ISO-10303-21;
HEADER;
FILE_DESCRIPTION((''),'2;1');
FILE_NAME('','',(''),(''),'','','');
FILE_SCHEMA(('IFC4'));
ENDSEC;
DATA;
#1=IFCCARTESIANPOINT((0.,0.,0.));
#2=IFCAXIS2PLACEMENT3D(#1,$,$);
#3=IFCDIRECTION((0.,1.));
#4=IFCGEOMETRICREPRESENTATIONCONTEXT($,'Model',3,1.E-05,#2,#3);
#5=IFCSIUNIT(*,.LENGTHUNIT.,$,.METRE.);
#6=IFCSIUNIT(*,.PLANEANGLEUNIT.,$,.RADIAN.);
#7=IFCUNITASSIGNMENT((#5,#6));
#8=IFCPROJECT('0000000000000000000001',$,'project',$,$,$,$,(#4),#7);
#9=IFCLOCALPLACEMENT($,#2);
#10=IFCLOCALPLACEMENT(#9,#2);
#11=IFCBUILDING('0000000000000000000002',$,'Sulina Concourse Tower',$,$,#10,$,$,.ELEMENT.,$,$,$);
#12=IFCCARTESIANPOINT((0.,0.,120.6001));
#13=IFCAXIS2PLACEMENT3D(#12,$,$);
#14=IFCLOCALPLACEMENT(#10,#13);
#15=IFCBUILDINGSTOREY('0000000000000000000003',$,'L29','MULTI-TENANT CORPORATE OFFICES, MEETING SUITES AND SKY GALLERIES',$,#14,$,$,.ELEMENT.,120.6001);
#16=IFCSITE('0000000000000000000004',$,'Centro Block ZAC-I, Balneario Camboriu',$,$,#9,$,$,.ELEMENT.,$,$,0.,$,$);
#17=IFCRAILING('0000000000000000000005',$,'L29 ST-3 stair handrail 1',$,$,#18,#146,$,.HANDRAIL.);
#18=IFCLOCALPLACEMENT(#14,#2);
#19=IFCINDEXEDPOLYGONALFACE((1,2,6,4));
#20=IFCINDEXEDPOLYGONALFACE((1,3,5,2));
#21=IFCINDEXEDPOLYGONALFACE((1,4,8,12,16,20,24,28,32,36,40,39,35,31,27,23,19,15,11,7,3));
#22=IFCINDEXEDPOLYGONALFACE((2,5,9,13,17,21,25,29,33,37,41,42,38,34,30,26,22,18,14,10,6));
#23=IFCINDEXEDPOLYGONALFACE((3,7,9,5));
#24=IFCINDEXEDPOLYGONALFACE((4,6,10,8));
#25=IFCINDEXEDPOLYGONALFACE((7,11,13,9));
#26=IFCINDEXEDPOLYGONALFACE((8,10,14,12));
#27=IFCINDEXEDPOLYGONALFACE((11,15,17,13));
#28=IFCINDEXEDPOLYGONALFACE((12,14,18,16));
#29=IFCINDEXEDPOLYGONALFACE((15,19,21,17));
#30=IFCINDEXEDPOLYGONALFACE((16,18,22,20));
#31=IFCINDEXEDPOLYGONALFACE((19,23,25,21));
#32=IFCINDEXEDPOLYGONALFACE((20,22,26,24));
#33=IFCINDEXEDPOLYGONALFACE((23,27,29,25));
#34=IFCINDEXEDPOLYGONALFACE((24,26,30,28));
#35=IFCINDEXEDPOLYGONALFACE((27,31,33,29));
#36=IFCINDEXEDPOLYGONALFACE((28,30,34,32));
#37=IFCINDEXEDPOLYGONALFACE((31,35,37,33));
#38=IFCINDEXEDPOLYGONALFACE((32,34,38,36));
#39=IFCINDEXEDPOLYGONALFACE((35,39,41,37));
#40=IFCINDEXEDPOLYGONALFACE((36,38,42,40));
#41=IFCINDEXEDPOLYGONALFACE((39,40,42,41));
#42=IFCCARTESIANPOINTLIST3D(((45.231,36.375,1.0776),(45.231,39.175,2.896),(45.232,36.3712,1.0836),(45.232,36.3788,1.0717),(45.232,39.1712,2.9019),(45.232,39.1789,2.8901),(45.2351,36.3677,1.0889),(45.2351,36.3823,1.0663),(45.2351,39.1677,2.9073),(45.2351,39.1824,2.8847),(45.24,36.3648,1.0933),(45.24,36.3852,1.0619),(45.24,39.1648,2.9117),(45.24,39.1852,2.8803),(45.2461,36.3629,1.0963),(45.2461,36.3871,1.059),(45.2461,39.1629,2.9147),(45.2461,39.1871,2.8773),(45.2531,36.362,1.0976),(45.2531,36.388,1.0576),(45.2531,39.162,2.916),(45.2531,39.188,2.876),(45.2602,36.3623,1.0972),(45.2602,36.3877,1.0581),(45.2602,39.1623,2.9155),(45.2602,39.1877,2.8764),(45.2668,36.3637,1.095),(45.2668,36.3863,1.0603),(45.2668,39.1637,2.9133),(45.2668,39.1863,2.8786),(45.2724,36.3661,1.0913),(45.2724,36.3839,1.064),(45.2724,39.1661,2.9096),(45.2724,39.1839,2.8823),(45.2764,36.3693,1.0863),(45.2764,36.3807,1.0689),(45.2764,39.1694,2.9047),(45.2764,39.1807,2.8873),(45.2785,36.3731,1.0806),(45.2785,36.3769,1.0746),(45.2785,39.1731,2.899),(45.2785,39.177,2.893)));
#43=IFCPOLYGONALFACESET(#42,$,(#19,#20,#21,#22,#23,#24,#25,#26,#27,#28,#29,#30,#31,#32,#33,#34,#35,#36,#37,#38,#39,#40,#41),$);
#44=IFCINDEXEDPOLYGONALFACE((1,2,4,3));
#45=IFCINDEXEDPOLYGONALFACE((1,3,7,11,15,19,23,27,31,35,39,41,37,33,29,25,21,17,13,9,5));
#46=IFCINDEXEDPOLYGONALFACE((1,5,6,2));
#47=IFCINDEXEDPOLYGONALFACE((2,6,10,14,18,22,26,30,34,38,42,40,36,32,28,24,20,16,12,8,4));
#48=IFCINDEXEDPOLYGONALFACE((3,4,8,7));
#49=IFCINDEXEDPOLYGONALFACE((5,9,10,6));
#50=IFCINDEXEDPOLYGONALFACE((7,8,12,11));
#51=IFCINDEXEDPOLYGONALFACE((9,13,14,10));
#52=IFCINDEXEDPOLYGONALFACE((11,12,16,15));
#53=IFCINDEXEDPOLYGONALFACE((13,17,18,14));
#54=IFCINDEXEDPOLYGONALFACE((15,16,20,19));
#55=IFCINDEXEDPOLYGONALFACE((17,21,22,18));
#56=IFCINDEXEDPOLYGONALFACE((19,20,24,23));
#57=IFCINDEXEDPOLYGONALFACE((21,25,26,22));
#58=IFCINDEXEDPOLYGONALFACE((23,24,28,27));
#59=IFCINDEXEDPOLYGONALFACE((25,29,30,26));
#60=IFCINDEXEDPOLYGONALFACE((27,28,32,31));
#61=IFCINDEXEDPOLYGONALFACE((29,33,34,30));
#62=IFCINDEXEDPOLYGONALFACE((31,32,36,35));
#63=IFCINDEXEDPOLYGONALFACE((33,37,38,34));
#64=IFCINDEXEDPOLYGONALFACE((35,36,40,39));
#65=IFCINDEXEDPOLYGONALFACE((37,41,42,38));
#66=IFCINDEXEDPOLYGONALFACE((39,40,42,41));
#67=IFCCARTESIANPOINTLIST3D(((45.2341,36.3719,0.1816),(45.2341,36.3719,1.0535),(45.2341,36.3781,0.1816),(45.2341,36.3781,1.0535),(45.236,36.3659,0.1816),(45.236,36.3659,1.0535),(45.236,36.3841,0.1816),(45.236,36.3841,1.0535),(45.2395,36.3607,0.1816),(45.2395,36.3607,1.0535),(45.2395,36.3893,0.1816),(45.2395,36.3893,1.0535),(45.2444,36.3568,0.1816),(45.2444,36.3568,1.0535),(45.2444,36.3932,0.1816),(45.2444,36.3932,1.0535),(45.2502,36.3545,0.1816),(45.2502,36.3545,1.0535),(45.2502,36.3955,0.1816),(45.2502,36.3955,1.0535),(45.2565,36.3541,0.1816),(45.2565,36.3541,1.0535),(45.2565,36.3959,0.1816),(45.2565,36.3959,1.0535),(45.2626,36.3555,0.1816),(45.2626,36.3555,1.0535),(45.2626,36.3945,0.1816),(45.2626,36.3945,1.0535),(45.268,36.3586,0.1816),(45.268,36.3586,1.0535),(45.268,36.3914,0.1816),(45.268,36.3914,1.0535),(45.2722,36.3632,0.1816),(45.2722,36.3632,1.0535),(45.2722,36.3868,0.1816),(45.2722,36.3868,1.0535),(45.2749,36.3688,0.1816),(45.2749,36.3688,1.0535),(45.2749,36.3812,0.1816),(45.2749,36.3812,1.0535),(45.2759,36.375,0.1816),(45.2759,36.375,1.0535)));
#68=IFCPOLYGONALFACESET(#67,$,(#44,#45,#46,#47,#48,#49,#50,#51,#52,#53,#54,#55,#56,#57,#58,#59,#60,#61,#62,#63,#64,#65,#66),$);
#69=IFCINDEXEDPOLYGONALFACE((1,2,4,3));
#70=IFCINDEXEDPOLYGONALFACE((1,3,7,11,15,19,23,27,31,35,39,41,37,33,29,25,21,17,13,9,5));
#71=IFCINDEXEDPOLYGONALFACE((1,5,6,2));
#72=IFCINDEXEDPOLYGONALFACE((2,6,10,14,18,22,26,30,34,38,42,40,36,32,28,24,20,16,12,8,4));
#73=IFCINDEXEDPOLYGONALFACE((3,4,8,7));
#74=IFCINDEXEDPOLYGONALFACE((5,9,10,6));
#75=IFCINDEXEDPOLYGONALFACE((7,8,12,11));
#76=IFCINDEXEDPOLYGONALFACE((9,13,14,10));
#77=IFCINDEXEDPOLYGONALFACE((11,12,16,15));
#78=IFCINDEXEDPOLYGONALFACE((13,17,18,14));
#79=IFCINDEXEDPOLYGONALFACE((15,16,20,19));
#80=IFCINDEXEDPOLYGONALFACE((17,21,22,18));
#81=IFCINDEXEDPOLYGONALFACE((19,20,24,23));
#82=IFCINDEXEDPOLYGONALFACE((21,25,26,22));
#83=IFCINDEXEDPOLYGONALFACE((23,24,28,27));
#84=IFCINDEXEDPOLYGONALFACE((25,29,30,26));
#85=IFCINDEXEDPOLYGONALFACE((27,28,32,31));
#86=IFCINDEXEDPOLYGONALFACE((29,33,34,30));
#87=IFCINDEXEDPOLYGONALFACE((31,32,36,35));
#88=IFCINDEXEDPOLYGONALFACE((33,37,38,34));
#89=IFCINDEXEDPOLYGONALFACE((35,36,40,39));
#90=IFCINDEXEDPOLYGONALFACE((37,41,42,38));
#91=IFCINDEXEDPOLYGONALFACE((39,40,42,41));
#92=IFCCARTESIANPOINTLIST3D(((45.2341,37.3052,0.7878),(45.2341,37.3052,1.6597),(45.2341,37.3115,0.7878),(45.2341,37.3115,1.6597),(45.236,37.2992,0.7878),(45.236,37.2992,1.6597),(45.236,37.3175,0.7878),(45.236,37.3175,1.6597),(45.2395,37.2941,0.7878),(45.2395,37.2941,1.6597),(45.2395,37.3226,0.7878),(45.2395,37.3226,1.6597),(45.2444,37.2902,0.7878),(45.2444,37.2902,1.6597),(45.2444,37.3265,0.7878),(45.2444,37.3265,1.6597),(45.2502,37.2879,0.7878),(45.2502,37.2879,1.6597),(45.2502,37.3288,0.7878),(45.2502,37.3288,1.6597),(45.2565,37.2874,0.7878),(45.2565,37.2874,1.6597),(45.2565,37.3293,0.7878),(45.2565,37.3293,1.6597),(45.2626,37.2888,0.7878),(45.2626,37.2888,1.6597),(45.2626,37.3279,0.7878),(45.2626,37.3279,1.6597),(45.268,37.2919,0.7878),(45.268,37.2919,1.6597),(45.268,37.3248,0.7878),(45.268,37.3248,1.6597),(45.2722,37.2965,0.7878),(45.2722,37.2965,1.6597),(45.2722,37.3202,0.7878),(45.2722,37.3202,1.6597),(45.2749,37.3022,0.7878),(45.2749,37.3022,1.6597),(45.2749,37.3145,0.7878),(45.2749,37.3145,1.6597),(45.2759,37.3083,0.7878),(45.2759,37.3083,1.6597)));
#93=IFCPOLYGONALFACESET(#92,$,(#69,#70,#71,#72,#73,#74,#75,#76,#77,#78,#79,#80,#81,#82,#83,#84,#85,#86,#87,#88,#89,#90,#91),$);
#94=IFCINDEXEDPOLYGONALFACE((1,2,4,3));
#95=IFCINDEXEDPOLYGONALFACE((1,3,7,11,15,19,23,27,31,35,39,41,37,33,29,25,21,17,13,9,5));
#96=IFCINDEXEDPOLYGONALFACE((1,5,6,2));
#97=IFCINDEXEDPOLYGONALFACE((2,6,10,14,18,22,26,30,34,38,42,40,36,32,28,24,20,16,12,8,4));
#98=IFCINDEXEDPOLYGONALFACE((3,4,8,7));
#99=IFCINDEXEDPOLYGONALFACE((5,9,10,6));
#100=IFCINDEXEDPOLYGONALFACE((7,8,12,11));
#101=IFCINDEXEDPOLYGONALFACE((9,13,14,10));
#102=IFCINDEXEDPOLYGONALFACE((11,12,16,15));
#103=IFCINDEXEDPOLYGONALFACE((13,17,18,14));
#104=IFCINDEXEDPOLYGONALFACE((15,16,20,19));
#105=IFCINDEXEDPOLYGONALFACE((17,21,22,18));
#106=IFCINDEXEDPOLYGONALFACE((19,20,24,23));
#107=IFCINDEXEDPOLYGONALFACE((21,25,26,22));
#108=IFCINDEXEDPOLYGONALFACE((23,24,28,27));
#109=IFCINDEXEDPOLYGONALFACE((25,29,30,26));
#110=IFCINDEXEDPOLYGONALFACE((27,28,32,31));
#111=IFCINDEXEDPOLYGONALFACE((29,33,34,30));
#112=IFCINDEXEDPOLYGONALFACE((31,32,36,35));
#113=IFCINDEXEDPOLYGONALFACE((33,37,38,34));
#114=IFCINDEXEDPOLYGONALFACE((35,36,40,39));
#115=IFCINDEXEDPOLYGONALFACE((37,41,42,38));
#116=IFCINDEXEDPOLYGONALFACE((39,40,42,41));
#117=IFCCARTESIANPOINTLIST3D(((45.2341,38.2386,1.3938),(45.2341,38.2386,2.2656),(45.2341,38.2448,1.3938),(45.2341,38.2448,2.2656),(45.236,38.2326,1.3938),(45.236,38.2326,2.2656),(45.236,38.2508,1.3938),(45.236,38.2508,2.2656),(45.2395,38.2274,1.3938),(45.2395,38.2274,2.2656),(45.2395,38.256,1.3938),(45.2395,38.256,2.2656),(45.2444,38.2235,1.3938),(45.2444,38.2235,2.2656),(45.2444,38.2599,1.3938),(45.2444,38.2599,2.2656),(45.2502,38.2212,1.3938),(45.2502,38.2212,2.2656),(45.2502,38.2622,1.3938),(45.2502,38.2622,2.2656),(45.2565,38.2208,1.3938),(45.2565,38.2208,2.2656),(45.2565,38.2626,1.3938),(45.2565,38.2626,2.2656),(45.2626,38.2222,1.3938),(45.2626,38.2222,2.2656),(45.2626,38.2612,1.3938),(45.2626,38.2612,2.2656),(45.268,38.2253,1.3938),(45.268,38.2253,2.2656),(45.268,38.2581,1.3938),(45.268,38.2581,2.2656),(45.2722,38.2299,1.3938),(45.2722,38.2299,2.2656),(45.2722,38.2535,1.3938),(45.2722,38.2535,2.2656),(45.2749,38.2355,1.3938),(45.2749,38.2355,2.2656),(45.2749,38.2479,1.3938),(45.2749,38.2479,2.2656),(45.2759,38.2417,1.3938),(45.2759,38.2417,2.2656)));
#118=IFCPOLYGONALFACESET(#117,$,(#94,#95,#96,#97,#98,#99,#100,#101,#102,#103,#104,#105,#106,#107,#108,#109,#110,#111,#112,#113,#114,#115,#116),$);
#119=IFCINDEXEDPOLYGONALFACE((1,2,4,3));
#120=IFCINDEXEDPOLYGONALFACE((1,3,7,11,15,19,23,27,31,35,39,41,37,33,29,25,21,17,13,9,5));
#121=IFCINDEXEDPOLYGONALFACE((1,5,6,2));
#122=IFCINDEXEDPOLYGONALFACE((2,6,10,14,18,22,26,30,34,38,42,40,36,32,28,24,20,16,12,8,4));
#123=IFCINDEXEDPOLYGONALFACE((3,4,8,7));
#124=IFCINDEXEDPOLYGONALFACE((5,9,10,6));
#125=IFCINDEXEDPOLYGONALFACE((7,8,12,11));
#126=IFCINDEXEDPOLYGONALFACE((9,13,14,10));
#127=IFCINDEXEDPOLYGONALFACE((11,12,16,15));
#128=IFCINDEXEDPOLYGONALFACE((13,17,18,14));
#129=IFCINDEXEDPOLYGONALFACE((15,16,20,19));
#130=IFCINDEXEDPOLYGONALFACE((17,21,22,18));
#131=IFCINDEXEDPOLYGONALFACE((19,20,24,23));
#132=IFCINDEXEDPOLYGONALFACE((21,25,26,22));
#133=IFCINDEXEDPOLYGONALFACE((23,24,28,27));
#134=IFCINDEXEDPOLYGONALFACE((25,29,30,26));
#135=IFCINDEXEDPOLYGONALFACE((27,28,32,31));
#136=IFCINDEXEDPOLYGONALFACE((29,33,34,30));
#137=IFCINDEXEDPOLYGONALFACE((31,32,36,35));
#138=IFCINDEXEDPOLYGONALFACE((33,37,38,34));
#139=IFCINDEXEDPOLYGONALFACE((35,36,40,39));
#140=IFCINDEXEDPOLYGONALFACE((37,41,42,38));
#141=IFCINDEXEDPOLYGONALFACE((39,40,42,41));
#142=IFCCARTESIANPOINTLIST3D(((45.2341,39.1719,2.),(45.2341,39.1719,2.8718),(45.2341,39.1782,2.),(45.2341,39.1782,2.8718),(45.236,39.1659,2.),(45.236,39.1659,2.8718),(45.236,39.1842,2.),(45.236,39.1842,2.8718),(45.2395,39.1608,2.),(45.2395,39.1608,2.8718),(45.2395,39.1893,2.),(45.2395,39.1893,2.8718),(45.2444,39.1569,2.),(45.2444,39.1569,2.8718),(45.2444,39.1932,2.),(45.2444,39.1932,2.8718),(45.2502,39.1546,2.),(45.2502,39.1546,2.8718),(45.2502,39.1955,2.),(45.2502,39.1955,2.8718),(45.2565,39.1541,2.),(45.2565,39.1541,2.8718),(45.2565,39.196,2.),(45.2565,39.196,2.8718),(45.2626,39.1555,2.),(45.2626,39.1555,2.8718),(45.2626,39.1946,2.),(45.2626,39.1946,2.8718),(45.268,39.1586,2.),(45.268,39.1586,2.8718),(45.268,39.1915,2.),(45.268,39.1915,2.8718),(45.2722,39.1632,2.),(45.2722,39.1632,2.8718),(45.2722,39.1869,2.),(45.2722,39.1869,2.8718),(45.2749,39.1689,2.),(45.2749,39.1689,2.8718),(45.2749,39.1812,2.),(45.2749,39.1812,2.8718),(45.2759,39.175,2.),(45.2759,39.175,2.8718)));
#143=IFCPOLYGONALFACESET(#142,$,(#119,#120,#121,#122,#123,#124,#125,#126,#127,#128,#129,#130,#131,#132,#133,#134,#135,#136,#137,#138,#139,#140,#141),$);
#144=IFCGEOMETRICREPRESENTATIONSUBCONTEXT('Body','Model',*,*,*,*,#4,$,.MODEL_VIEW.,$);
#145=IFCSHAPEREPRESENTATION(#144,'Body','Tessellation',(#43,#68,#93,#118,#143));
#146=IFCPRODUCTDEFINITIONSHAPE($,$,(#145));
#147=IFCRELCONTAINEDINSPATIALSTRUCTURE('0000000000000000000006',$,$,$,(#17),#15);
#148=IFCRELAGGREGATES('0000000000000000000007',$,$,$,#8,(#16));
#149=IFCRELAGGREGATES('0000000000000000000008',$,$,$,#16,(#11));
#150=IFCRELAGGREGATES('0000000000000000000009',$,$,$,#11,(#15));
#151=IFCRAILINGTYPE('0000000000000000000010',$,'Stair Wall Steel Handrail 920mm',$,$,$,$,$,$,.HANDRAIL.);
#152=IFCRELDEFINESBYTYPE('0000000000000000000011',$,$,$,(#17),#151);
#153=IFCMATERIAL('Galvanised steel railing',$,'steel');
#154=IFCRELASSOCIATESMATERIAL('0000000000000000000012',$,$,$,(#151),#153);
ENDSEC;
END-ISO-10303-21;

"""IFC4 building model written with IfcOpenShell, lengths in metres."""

from ifc_helpers import new_model, si_unit, direction, frame, origin, origin_2d, place, context, subcontext, project, spatial, circle, extrude, material, type_object, element, save


model = new_model("IFC4")

# Units and contexts
model_context = context("Model", 3, precision=1e-05, world=origin(), true_north=direction((0.0, 1.0)))
body_context = subcontext(model_context, "Body", "Model", "MODEL_VIEW")
ifc_project = project(units=[si_unit("LENGTHUNIT", "METRE"), si_unit("PLANEANGLEUNIT", "RADIAN")], contexts=[model_context])

# Site, building, storey
site_placement = place(None, origin())
site = spatial("IfcSite", under=ifc_project, at=site_placement, Name="Centro Block ZAC-I, Balneario Camboriu", CompositionType="ELEMENT", RefElevation=0.0)
building_placement = place(site_placement, origin())
building = spatial("IfcBuilding", under=site, at=building_placement, Name="Sulina Concourse Tower", CompositionType="ELEMENT")
storey_placement = place(building_placement, frame((0.0, 0.0, 120.6001)))
storey = spatial("IfcBuildingStorey", under=building, at=storey_placement, Name="L29", Description="MULTI-TENANT CORPORATE OFFICES, MEETING SUITES AND SKY GALLERIES", CompositionType="ELEMENT", Elevation=120.6001)

# Railing
ifc_material_1 = material(Name="Galvanised steel railing", Category="steel")
railing_type_1 = type_object("IfcRailingType", Name="Stair Wall Steel Handrail 920mm", PredefinedType="HANDRAIL", material=ifc_material_1)
for number, where, name in (
    (1, (45.2549, 36.375, 0.1816), "L29 ST-3 stair handrail 1"),
):
    element("IfcRailing", number, at=place(storey_placement, frame(where)), inside=storey, type_object=railing_type_1, Name=name, PredefinedType="HANDRAIL", context=body_context, shape_type="SweptSolid", body=[
        extrude(circle(Radius=0.0239, at=origin_2d()), frame((0.0, 0.0, 0.896), z_axis=(0.0, 0.838672, 0.544636), x_axis=(-1.0, 0.0, 0.0)), (0.0, 0.0, 1.0), 3.3386),
        extrude(circle(Radius=0.021, at=origin_2d()), origin(), (0.0, 0.0, 1.0), 0.8718),
        extrude(circle(Radius=0.021, at=origin_2d()), frame((0.0, 0.9333, 0.6062)), (0.0, 0.0, 1.0), 0.8718),
        extrude(circle(Radius=0.021, at=origin_2d()), frame((0.0, 1.8667, 1.2122)), (0.0, 0.0, 1.0), 0.8718),
        extrude(circle(Radius=0.021, at=origin_2d()), frame((0.0, 2.8, 1.8184)), (0.0, 0.0, 1.0), 0.8718),
    ])

save(model, "model.ifc")
